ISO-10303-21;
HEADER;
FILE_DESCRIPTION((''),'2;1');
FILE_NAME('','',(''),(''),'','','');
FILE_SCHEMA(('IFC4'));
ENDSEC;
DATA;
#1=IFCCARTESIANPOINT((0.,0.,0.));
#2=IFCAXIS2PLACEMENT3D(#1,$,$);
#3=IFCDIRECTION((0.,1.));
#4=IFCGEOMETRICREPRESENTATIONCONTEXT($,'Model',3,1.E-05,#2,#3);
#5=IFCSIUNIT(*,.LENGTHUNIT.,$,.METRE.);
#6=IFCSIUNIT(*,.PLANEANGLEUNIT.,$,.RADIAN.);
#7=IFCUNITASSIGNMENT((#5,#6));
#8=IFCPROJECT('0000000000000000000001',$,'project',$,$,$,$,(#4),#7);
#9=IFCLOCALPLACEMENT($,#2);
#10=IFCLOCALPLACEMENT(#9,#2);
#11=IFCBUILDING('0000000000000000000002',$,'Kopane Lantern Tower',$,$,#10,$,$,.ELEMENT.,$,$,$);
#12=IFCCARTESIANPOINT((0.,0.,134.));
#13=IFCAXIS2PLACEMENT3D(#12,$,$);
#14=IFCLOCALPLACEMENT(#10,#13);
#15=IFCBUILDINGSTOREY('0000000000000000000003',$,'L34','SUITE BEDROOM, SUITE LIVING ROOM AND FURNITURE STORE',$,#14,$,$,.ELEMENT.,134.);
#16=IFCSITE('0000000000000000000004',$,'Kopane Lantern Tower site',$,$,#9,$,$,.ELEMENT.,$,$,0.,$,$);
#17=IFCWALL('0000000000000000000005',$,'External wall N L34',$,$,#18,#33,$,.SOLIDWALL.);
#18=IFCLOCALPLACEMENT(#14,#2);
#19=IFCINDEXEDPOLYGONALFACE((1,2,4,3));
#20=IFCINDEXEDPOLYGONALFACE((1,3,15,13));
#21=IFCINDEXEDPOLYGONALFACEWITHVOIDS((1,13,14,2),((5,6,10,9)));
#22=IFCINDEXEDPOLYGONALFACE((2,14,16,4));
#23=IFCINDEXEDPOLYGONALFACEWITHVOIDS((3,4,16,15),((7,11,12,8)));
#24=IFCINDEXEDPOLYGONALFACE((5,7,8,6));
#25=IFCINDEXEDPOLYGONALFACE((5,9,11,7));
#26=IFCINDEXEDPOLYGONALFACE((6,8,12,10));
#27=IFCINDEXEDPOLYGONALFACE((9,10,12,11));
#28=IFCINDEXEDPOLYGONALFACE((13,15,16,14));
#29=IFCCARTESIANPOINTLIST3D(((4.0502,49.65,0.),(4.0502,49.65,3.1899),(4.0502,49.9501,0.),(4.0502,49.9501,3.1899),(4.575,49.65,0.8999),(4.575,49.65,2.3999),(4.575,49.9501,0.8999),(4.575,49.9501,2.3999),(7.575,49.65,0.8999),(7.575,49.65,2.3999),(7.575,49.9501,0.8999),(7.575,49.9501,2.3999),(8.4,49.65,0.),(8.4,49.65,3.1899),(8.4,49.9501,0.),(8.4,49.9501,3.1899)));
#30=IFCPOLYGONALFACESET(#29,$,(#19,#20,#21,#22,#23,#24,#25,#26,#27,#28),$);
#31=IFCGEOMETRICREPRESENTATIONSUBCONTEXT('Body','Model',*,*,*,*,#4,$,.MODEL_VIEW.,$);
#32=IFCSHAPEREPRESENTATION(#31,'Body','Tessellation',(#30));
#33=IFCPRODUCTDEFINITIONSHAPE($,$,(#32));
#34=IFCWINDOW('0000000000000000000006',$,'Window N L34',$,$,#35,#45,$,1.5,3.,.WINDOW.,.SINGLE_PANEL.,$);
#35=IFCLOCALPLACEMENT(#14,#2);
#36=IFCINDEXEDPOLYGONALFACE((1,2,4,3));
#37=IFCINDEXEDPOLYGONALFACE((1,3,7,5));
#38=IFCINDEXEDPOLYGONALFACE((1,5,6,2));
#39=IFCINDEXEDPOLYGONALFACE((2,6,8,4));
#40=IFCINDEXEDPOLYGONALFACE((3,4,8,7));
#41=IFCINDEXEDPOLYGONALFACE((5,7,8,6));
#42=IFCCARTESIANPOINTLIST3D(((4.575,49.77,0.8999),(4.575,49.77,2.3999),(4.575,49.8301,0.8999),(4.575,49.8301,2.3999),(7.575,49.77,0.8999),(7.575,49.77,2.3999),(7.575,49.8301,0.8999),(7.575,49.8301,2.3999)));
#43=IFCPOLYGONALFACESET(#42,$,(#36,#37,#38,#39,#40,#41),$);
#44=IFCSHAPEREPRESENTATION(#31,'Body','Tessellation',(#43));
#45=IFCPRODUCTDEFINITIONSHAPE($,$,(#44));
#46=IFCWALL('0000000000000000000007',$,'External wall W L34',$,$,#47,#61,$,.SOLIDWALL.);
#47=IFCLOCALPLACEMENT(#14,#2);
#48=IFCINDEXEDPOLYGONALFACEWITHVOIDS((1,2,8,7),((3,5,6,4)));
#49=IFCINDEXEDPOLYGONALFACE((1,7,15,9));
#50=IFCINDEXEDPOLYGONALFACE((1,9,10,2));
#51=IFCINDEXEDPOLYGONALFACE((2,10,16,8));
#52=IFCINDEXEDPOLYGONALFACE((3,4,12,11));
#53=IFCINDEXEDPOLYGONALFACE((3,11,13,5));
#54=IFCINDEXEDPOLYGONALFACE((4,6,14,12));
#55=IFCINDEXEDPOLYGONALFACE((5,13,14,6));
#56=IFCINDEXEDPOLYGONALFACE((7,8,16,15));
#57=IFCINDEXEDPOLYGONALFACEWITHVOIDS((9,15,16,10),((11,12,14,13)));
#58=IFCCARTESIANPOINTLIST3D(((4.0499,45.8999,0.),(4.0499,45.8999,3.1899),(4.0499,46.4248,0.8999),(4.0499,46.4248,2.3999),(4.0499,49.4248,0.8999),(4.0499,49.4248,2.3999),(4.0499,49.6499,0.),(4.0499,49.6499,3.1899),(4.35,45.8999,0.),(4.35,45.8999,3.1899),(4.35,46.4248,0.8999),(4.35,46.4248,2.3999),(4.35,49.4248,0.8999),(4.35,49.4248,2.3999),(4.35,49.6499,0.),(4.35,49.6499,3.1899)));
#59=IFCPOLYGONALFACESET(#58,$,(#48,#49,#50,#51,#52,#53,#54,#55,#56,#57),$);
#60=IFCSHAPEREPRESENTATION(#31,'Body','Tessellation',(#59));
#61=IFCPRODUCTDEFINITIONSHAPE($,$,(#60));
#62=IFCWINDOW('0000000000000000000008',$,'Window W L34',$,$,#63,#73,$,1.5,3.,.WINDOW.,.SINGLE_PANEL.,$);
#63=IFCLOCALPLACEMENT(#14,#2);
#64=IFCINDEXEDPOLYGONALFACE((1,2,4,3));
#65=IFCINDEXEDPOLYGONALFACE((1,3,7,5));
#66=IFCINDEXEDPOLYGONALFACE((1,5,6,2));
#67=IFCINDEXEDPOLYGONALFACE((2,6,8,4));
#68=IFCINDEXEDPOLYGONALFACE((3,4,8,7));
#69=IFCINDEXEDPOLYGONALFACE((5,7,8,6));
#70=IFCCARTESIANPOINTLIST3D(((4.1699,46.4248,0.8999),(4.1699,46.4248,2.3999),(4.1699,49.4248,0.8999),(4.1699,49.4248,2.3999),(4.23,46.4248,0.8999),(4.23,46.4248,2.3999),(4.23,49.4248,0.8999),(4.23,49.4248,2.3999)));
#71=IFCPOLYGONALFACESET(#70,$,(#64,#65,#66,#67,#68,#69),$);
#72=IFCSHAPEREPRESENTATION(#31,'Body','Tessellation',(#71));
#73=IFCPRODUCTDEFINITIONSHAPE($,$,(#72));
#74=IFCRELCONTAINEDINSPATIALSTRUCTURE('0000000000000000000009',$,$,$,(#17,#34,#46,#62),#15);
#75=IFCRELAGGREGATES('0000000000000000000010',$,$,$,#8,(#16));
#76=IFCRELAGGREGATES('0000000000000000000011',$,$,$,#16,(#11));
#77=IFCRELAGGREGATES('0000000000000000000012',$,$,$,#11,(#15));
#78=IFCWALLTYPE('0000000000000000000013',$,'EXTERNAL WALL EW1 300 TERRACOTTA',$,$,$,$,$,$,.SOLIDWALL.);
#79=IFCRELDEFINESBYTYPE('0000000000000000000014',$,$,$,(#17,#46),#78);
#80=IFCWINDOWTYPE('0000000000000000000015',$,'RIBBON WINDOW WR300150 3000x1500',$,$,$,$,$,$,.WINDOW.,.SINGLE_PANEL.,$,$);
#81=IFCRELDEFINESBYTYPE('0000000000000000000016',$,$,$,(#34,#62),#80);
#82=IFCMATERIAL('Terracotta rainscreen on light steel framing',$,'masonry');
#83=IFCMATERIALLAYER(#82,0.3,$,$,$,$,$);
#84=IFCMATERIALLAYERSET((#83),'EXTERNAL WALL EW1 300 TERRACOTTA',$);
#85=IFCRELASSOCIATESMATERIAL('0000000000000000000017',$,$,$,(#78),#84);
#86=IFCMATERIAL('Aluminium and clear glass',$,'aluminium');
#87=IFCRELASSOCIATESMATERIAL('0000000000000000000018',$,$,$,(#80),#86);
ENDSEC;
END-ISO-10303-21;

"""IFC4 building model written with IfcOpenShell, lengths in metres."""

from ifc_helpers import new_model, si_unit, direction, frame, frame_2d, origin, place, context, subcontext, project, spatial, rectangle, extrude, material, layer, layer_set, type_object, element, fill, save


model = new_model("IFC4")

# Units and contexts
model_context = context("Model", 3, precision=1e-05, world=origin(), true_north=direction((0.0, 1.0)))
body_context = subcontext(model_context, "Body", "Model", "MODEL_VIEW")
ifc_project = project(units=[si_unit("LENGTHUNIT", "METRE"), si_unit("PLANEANGLEUNIT", "RADIAN")], contexts=[model_context])

# Site, building, storey
site_placement = place(None, origin())
site = spatial("IfcSite", under=ifc_project, at=site_placement, Name="Kopane Lantern Tower site", CompositionType="ELEMENT", RefElevation=0.0)
building_placement = place(site_placement, origin())
building = spatial("IfcBuilding", under=site, at=building_placement, Name="Kopane Lantern Tower", CompositionType="ELEMENT")
storey_placement = place(building_placement, frame((0.0, 0.0, 134.0)))
storey = spatial("IfcBuildingStorey", under=building, at=storey_placement, Name="L34", Description="SUITE BEDROOM, SUITE LIVING ROOM AND FURNITURE STORE", CompositionType="ELEMENT", Elevation=134.0)

# Walls, openings, windows
ifc_material_1 = material(Name="Terracotta rainscreen on light steel framing", Category="masonry")
ifc_layer_1 = layer(ifc_material_1, 0.3)
ifc_layer_set_1 = layer_set([ifc_layer_1], Name="EXTERNAL WALL EW1 300 TERRACOTTA")
wall_type_1 = type_object("IfcWallType", Name="EXTERNAL WALL EW1 300 TERRACOTTA", PredefinedType="SOLIDWALL", material=ifc_layer_set_1)
ifc_material_2 = material(Name="Aluminium and clear glass", Category="aluminium")
window_type = type_object("IfcWindowType", Name="RIBBON WINDOW WR300150 3000x1500", PartitioningType="SINGLE_PANEL", PredefinedType="WINDOW", material=ifc_material_2)
wall_1_placement = place(storey_placement, frame((8.3999, 49.8, 0.0), z_axis=(0.0, 0.0, 1.0), x_axis=(-1.0, 0.0, 0.0)))
wall_1 = element("IfcWall", 1, at=wall_1_placement, inside=storey, type_object=wall_type_1, Name="External wall N L34", PredefinedType="SOLIDWALL", context=body_context, shape_type="SweptSolid", body=[
    extrude(rectangle(XDim=4.3499, YDim=0.3, at=frame_2d((2.1748, 0.0))), origin(), (0.0, 0.0, 1.0), 3.1899),
])
opening_1_placement = place(wall_1_placement, frame((0.825, 0.0, 0.8999)))
opening_1 = element("IfcOpeningElement", 2, at=opening_1_placement, cuts=wall_1, PredefinedType="OPENING", context=body_context, shape_type="SweptSolid", body=[
    extrude(rectangle(XDim=3.0, YDim=1.5, at=frame_2d((1.5, 0.75))), frame((0.0, 0.1599, 0.0), z_axis=(0.0, -1.0, 0.0), x_axis=(1.0, 0.0, 0.0)), (0.0, 0.0, 1.0), 0.3201),
])
window_1_placement = place(opening_1_placement, origin())
window_1 = element("IfcWindow", 3, at=window_1_placement, inside=storey, type_object=window_type, Name="Window N L34", OverallHeight=1.5, OverallWidth=3.0, PartitioningType="SINGLE_PANEL", PredefinedType="WINDOW", context=body_context, shape_type="SweptSolid", body=[
    extrude(rectangle(XDim=3.0, YDim=1.5, at=frame_2d((1.5, 0.75))), frame((0.0, 0.03, 0.0), z_axis=(0.0, -1.0, 0.0), x_axis=(1.0, 0.0, 0.0)), (0.0, 0.0, 1.0), 0.0601),
])
fill(opening_1, window_1)
wall_2_placement = place(storey_placement, frame((4.2, 49.6499, 0.0), z_axis=(0.0, 0.0, 1.0), x_axis=(0.0, -1.0, 0.0)))
wall_2 = element("IfcWall", 4, at=wall_2_placement, inside=storey, type_object=wall_type_1, Name="External wall W L34", PredefinedType="SOLIDWALL", context=body_context, shape_type="SweptSolid", body=[
    extrude(rectangle(XDim=3.75, YDim=0.3, at=frame_2d((1.875, 0.0))), origin(), (0.0, 0.0, 1.0), 3.1899),
])
opening_2_placement = place(wall_2_placement, frame((0.2251, 0.0, 0.8999)))
opening_2 = element("IfcOpeningElement", 5, at=opening_2_placement, cuts=wall_2, PredefinedType="OPENING", context=body_context, shape_type="SweptSolid", body=[
    extrude(rectangle(XDim=3.0, YDim=1.5, at=frame_2d((1.5, 0.75))), frame((0.0, 0.1599, 0.0), z_axis=(0.0, -1.0, 0.0), x_axis=(1.0, 0.0, 0.0)), (0.0, 0.0, 1.0), 0.3201),
])
window_2_placement = place(opening_2_placement, origin())
window_2 = element("IfcWindow", 6, at=window_2_placement, inside=storey, type_object=window_type, Name="Window W L34", OverallHeight=1.5, OverallWidth=3.0, PartitioningType="SINGLE_PANEL", PredefinedType="WINDOW", context=body_context, shape_type="SweptSolid", body=[
    extrude(rectangle(XDim=3.0, YDim=1.5, at=frame_2d((1.5, 0.75))), frame((0.0, 0.03, 0.0), z_axis=(0.0, -1.0, 0.0), x_axis=(1.0, 0.0, 0.0)), (0.0, 0.0, 1.0), 0.0601),
])
fill(opening_2, window_2)

save(model, "model.ifc")
